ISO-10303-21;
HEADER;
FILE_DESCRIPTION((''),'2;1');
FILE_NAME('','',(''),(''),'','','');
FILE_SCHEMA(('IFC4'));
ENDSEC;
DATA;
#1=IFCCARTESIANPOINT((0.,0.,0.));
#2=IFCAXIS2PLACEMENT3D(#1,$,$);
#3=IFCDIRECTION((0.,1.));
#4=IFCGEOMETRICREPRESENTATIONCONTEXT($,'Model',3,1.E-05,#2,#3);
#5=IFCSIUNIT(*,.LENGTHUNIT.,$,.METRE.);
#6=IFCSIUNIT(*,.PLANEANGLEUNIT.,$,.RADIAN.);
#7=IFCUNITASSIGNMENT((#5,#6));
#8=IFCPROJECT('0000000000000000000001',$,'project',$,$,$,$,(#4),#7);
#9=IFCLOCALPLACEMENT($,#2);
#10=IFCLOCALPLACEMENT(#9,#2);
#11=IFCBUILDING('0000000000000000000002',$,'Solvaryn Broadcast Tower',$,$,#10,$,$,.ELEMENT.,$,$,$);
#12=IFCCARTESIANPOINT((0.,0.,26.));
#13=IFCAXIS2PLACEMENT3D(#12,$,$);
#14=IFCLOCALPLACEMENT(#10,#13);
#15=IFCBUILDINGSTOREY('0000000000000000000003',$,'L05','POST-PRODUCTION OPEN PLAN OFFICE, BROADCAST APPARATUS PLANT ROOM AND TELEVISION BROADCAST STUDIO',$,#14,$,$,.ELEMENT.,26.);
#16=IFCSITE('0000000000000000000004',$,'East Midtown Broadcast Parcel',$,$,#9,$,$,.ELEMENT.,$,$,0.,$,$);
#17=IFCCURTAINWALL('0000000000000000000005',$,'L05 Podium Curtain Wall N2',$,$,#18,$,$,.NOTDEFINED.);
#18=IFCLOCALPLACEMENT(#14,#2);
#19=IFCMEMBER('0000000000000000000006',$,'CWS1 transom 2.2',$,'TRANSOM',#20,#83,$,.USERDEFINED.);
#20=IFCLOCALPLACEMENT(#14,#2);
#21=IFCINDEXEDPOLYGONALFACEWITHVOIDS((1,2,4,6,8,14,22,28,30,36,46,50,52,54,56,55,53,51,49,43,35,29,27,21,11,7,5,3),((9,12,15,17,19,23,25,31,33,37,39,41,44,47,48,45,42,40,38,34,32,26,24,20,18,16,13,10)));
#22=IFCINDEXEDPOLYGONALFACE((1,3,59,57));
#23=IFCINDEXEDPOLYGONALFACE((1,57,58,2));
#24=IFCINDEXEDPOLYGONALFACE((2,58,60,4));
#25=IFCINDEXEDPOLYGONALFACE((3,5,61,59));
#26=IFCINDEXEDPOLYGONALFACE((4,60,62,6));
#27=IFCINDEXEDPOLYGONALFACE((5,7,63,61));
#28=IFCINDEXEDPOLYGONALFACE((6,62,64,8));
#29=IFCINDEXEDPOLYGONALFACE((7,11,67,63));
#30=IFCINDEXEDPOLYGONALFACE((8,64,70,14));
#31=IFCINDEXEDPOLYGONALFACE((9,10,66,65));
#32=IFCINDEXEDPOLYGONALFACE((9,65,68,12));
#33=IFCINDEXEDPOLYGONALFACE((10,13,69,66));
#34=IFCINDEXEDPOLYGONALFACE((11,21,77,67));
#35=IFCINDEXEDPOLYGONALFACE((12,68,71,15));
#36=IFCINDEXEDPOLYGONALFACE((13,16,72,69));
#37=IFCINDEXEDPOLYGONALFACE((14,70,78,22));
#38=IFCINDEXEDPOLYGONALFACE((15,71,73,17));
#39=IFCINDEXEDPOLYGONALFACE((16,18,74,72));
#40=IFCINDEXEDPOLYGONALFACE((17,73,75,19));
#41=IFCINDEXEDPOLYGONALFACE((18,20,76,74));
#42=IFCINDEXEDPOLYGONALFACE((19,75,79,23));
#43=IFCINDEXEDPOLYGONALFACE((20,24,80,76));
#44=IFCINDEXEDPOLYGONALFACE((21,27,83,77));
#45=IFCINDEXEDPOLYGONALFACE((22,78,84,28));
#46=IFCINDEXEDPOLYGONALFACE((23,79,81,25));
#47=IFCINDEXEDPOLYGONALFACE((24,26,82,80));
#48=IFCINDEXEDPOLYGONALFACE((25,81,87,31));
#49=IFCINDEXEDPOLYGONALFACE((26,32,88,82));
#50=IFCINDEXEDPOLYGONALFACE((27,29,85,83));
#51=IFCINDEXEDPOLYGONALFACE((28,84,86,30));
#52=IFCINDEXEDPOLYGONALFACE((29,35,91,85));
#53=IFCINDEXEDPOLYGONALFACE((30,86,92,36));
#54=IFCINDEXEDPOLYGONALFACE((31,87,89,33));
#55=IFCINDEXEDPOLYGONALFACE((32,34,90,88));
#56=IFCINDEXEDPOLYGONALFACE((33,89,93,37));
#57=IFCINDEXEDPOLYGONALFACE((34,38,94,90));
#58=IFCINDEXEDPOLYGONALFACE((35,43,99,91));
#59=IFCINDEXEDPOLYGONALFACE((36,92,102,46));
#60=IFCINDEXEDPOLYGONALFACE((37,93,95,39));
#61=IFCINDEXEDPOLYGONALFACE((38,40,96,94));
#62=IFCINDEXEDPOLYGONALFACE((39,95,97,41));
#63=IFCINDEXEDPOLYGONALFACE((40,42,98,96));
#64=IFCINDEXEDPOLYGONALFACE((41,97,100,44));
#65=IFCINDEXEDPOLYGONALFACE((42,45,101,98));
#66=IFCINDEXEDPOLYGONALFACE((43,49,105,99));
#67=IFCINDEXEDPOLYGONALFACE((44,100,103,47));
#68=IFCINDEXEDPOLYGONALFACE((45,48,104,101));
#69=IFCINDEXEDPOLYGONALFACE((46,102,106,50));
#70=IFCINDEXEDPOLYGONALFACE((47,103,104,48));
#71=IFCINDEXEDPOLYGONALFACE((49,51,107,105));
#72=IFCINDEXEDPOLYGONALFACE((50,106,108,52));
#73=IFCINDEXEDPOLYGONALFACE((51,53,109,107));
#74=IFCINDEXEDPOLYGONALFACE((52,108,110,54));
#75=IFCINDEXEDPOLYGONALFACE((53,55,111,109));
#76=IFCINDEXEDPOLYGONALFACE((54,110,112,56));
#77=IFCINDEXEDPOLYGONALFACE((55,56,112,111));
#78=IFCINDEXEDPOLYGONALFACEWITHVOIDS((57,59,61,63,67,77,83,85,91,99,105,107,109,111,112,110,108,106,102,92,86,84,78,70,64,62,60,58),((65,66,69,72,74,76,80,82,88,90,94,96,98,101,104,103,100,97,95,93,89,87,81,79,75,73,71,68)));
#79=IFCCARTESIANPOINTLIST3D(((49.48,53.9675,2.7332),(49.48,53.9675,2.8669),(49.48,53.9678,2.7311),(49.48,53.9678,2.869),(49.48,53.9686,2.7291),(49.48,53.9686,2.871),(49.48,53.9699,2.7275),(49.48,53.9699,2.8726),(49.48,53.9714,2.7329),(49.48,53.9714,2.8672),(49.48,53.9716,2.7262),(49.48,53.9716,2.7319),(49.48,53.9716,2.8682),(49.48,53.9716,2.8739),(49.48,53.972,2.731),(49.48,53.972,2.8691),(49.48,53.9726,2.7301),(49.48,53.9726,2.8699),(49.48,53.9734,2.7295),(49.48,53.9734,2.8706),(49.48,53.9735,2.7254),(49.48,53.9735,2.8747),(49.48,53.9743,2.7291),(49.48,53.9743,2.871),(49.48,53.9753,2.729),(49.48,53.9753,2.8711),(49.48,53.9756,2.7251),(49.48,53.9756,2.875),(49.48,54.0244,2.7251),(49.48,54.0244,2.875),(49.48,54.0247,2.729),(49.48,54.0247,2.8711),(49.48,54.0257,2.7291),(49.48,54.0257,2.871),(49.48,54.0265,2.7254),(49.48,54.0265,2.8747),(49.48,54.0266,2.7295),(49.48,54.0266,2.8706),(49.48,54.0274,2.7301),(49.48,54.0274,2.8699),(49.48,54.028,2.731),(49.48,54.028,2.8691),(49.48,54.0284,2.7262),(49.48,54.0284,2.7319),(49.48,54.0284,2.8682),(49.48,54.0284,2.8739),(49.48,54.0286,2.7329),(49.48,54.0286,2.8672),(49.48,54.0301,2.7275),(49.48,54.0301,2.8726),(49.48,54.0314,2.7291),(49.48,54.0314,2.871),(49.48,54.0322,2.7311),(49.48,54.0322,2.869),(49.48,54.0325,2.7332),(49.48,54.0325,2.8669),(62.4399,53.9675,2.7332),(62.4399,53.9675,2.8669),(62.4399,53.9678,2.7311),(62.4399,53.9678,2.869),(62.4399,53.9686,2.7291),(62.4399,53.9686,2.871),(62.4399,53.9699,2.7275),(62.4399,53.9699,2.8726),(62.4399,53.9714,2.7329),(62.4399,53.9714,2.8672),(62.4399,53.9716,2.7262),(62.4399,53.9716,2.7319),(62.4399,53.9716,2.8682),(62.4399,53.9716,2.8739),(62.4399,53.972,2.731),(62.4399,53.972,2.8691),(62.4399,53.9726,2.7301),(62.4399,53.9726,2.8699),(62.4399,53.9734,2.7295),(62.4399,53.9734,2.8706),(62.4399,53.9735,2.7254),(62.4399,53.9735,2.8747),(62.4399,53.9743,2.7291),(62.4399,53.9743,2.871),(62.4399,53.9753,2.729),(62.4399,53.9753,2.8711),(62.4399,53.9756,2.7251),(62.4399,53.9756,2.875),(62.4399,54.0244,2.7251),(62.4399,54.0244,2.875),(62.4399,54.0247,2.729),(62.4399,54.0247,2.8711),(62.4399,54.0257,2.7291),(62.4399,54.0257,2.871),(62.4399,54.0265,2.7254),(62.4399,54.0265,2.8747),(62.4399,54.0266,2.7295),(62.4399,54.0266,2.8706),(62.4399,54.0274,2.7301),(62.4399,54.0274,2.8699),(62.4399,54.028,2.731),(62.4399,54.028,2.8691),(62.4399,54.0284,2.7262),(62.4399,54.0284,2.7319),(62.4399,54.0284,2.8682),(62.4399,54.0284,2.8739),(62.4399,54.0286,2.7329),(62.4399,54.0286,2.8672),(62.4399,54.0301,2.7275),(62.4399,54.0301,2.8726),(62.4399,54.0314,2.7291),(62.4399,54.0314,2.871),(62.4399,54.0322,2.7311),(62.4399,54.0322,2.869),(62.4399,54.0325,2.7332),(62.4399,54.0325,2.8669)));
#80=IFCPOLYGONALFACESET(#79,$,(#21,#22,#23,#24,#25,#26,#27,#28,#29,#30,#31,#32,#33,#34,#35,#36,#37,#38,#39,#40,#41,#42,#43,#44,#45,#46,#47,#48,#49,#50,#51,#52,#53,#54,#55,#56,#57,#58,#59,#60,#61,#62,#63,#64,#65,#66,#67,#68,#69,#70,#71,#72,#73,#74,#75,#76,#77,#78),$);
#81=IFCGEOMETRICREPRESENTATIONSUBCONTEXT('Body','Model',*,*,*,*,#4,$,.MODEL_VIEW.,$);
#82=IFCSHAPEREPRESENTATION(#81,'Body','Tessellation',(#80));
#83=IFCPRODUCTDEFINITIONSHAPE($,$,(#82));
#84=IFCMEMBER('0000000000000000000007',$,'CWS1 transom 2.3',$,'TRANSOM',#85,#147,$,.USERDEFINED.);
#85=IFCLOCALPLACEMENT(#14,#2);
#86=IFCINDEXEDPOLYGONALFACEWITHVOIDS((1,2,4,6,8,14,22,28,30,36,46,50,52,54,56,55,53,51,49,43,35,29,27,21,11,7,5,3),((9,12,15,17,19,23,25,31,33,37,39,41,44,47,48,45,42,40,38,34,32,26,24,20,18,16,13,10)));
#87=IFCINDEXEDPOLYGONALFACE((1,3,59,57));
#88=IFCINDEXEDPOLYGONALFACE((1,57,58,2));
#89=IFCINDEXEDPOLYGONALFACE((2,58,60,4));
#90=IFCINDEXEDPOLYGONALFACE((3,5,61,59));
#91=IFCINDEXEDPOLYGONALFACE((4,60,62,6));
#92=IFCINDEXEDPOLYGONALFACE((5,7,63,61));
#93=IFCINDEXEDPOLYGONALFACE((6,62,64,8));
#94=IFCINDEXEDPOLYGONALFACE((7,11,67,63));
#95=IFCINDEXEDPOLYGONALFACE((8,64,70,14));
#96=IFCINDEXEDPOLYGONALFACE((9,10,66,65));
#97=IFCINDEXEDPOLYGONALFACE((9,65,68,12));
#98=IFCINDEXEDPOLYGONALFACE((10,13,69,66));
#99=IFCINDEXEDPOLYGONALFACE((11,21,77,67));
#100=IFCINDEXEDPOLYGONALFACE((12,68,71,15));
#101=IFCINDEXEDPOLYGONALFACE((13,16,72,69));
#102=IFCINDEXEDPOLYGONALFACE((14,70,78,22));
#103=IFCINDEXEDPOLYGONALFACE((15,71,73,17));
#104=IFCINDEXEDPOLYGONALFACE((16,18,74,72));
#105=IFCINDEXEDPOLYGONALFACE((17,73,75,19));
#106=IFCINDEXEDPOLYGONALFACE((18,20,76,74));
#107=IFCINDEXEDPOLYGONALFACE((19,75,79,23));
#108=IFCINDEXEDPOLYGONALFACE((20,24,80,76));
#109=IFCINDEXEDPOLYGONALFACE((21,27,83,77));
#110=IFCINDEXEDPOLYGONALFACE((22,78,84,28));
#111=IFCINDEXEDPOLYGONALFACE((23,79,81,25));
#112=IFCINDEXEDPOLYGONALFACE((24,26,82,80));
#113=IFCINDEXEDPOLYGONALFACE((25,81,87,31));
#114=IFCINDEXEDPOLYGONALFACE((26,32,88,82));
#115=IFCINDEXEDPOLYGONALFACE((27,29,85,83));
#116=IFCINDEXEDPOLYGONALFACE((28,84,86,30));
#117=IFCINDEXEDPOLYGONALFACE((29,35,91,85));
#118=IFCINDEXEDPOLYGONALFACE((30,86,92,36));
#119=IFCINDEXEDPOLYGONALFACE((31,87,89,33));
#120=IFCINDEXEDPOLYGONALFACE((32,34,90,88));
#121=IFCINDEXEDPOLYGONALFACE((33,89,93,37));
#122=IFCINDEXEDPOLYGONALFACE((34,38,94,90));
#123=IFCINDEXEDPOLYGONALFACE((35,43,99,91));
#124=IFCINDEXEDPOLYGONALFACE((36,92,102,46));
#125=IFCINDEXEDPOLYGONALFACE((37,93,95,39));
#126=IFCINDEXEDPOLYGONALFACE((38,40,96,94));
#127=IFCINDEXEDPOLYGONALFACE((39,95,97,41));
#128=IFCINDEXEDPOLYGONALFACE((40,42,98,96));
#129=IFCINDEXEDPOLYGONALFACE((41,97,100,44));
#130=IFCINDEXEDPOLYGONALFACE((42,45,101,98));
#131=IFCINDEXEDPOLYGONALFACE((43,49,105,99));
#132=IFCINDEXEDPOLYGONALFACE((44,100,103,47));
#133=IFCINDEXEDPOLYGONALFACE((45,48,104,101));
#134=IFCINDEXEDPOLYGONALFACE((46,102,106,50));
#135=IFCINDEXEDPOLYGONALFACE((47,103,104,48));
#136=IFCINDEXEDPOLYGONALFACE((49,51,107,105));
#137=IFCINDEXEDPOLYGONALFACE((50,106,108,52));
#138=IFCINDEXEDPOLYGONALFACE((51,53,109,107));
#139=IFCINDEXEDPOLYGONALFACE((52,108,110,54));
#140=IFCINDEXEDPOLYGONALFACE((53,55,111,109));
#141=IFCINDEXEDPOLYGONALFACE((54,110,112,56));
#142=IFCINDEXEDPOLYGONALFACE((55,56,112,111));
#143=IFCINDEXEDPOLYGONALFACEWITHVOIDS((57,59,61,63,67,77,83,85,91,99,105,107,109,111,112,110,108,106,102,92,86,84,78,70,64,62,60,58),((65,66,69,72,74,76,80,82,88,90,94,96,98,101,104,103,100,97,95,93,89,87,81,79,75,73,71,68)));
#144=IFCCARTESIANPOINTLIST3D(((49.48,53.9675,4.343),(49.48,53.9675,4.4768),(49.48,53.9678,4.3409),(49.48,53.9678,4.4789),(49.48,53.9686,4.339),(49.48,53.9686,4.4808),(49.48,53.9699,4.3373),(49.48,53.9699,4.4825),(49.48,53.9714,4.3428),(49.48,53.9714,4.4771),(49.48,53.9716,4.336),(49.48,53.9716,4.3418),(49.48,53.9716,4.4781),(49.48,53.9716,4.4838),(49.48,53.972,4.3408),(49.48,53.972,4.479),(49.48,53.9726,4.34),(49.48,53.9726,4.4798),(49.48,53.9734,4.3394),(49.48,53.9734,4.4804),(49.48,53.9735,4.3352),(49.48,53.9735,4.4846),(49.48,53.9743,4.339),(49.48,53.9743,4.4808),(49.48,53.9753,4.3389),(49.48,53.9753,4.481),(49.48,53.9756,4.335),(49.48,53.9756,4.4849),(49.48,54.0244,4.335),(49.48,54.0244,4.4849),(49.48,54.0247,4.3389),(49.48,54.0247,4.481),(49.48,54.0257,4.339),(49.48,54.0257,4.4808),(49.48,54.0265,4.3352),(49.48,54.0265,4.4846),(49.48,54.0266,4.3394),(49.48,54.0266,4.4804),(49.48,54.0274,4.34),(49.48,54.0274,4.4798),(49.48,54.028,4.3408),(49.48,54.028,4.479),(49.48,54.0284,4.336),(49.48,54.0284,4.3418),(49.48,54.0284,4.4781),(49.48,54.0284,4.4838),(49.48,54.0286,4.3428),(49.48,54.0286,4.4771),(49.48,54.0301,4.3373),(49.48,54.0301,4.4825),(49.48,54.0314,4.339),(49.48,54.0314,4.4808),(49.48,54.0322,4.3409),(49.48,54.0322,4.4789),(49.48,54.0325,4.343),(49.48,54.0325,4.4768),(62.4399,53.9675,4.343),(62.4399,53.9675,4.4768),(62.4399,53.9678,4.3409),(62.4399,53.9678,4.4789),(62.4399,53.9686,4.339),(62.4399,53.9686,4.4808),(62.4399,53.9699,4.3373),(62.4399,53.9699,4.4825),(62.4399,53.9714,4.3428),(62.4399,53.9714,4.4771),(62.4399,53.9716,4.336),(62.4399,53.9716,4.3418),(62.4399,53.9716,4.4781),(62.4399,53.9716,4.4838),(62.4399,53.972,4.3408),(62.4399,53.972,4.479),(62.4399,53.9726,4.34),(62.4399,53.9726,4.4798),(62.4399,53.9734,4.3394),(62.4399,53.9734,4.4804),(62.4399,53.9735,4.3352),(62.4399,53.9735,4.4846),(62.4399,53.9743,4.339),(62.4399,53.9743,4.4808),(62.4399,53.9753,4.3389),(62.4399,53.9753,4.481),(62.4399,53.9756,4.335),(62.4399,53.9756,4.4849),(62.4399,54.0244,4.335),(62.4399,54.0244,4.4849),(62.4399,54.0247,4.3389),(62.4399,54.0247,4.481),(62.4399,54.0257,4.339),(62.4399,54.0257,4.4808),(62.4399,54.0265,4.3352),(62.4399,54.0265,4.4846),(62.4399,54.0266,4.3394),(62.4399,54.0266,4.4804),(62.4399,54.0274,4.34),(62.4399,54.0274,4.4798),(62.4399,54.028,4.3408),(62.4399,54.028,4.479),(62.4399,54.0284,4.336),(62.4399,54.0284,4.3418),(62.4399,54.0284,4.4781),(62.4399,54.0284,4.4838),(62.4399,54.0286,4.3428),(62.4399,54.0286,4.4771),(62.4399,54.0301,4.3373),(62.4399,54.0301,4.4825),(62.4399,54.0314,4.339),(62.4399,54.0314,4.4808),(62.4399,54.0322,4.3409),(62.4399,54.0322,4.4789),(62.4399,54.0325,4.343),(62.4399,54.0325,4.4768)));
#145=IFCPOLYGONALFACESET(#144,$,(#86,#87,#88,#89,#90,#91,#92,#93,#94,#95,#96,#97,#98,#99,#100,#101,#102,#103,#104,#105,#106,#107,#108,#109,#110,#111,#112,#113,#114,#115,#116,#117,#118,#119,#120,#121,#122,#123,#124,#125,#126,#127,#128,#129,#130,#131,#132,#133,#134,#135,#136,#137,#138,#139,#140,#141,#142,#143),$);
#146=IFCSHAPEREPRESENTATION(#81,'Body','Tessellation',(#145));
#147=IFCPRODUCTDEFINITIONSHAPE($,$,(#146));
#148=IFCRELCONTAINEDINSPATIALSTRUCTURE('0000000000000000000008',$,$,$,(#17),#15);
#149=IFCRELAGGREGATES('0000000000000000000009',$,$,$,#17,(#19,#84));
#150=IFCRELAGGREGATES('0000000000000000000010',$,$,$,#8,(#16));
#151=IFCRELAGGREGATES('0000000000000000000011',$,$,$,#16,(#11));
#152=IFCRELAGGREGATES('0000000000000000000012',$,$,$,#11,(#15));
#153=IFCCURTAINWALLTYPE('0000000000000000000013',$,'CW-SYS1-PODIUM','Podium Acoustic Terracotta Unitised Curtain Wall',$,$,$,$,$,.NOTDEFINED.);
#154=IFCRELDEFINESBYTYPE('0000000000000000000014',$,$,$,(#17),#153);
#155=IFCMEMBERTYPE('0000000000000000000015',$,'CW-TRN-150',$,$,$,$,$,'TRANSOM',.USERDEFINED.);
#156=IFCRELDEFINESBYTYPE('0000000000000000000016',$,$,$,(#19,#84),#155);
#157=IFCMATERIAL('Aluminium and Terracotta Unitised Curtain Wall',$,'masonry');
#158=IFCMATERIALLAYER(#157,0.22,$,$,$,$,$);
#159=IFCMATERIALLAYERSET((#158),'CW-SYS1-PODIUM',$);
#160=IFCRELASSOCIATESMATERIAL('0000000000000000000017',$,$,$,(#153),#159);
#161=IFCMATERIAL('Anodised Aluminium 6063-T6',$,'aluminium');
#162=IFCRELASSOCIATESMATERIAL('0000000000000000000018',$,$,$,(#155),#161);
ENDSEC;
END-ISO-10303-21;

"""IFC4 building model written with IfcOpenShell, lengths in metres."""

from ifc_helpers import new_model, si_unit, direction, frame, origin, origin_2d, place, context, subcontext, project, spatial, hollow_rectangle, extrude, material, layer, layer_set, material_profile, profile_set, type_object, element, aggregate, save


model = new_model("IFC4")

# Units and contexts
model_context = context("Model", 3, precision=1e-05, world=origin(), true_north=direction((0.0, 1.0)))
body_context = subcontext(model_context, "Body", "Model", "MODEL_VIEW")
ifc_project = project(units=[si_unit("LENGTHUNIT", "METRE"), si_unit("PLANEANGLEUNIT", "RADIAN")], contexts=[model_context])

# Site, building, storey
site_placement = place(None, origin())
site = spatial("IfcSite", under=ifc_project, at=site_placement, Name="East Midtown Broadcast Parcel", CompositionType="ELEMENT", RefElevation=0.0)
building_placement = place(site_placement, origin())
building = spatial("IfcBuilding", under=site, at=building_placement, Name="Solvaryn Broadcast Tower", CompositionType="ELEMENT")
storey_placement = place(building_placement, frame((0.0, 0.0, 26.0)))
storey = spatial("IfcBuildingStorey", under=building, at=storey_placement, Name="L05", Description="POST-PRODUCTION OPEN PLAN OFFICE, BROADCAST APPARATUS PLANT ROOM AND TELEVISION BROADCAST STUDIO", CompositionType="ELEMENT", Elevation=26.0)

# Curtain wall
ifc_material_1 = material(Name="Aluminium and Terracotta Unitised Curtain Wall", Category="masonry")
ifc_layer_1 = layer(ifc_material_1, 0.22)
ifc_layer_set_1 = layer_set([ifc_layer_1], Name="CW-SYS1-PODIUM")
curtain_wall_type = type_object("IfcCurtainWallType", Name="CW-SYS1-PODIUM", Description="Podium Acoustic Terracotta Unitised Curtain Wall", PredefinedType="NOTDEFINED", material=ifc_layer_set_1)
curtain_wall_1_placement = place(storey_placement, origin())
curtain_wall_1 = element("IfcCurtainWall", 1, at=curtain_wall_1_placement, inside=storey, type_object=curtain_wall_type, Name="L05 Podium Curtain Wall N2", PredefinedType="NOTDEFINED")

# Members
ifc_material_2 = material(Name="Anodised Aluminium 6063-T6", Category="aluminium")
ifc_material_profile_1 = material_profile(ifc_material_2, hollow_rectangle(XDim=0.0649, YDim=0.1499, WallThickness=0.0039, InnerFilletRadius=0.0039, OuterFilletRadius=0.0081, at=origin_2d()))
ifc_profile_set_1 = profile_set([ifc_material_profile_1], Name="Anodised Aluminium 6063-T6")
member_type_1 = type_object("IfcMemberType", Name="CW-TRN-150", ElementType="TRANSOM", PredefinedType="USERDEFINED", material=ifc_profile_set_1)
member_1_placement = place(storey_placement, frame((49.48, 54.0, 2.8), z_axis=(1.0, 0.0, 0.0), x_axis=(0.0, 1.0, 0.0)))
member_1 = element("IfcMember", 2, at=member_1_placement, type_object=member_type_1, Name="CWS1 transom 2.2", ObjectType="TRANSOM", PredefinedType="USERDEFINED", context=body_context, shape_type="SweptSolid", body=[
    extrude(hollow_rectangle(XDim=0.0649, YDim=0.1499, WallThickness=0.0039, InnerFilletRadius=0.0039, OuterFilletRadius=0.0081, at=origin_2d()), origin(), (0.0, 0.0, 1.0), 12.96),
])
member_2_placement = place(storey_placement, frame((49.48, 54.0, 4.4099), z_axis=(1.0, 0.0, 0.0), x_axis=(0.0, 1.0, 0.0)))
member_2 = element("IfcMember", 3, at=member_2_placement, type_object=member_type_1, Name="CWS1 transom 2.3", ObjectType="TRANSOM", PredefinedType="USERDEFINED", context=body_context, shape_type="SweptSolid", body=[
    extrude(hollow_rectangle(XDim=0.0649, YDim=0.1499, WallThickness=0.0039, InnerFilletRadius=0.0039, OuterFilletRadius=0.0081, at=origin_2d()), origin(), (0.0, 0.0, 1.0), 12.96),
])

aggregate(curtain_wall_1, [member_1, member_2])

save(model, "model.ifc")
